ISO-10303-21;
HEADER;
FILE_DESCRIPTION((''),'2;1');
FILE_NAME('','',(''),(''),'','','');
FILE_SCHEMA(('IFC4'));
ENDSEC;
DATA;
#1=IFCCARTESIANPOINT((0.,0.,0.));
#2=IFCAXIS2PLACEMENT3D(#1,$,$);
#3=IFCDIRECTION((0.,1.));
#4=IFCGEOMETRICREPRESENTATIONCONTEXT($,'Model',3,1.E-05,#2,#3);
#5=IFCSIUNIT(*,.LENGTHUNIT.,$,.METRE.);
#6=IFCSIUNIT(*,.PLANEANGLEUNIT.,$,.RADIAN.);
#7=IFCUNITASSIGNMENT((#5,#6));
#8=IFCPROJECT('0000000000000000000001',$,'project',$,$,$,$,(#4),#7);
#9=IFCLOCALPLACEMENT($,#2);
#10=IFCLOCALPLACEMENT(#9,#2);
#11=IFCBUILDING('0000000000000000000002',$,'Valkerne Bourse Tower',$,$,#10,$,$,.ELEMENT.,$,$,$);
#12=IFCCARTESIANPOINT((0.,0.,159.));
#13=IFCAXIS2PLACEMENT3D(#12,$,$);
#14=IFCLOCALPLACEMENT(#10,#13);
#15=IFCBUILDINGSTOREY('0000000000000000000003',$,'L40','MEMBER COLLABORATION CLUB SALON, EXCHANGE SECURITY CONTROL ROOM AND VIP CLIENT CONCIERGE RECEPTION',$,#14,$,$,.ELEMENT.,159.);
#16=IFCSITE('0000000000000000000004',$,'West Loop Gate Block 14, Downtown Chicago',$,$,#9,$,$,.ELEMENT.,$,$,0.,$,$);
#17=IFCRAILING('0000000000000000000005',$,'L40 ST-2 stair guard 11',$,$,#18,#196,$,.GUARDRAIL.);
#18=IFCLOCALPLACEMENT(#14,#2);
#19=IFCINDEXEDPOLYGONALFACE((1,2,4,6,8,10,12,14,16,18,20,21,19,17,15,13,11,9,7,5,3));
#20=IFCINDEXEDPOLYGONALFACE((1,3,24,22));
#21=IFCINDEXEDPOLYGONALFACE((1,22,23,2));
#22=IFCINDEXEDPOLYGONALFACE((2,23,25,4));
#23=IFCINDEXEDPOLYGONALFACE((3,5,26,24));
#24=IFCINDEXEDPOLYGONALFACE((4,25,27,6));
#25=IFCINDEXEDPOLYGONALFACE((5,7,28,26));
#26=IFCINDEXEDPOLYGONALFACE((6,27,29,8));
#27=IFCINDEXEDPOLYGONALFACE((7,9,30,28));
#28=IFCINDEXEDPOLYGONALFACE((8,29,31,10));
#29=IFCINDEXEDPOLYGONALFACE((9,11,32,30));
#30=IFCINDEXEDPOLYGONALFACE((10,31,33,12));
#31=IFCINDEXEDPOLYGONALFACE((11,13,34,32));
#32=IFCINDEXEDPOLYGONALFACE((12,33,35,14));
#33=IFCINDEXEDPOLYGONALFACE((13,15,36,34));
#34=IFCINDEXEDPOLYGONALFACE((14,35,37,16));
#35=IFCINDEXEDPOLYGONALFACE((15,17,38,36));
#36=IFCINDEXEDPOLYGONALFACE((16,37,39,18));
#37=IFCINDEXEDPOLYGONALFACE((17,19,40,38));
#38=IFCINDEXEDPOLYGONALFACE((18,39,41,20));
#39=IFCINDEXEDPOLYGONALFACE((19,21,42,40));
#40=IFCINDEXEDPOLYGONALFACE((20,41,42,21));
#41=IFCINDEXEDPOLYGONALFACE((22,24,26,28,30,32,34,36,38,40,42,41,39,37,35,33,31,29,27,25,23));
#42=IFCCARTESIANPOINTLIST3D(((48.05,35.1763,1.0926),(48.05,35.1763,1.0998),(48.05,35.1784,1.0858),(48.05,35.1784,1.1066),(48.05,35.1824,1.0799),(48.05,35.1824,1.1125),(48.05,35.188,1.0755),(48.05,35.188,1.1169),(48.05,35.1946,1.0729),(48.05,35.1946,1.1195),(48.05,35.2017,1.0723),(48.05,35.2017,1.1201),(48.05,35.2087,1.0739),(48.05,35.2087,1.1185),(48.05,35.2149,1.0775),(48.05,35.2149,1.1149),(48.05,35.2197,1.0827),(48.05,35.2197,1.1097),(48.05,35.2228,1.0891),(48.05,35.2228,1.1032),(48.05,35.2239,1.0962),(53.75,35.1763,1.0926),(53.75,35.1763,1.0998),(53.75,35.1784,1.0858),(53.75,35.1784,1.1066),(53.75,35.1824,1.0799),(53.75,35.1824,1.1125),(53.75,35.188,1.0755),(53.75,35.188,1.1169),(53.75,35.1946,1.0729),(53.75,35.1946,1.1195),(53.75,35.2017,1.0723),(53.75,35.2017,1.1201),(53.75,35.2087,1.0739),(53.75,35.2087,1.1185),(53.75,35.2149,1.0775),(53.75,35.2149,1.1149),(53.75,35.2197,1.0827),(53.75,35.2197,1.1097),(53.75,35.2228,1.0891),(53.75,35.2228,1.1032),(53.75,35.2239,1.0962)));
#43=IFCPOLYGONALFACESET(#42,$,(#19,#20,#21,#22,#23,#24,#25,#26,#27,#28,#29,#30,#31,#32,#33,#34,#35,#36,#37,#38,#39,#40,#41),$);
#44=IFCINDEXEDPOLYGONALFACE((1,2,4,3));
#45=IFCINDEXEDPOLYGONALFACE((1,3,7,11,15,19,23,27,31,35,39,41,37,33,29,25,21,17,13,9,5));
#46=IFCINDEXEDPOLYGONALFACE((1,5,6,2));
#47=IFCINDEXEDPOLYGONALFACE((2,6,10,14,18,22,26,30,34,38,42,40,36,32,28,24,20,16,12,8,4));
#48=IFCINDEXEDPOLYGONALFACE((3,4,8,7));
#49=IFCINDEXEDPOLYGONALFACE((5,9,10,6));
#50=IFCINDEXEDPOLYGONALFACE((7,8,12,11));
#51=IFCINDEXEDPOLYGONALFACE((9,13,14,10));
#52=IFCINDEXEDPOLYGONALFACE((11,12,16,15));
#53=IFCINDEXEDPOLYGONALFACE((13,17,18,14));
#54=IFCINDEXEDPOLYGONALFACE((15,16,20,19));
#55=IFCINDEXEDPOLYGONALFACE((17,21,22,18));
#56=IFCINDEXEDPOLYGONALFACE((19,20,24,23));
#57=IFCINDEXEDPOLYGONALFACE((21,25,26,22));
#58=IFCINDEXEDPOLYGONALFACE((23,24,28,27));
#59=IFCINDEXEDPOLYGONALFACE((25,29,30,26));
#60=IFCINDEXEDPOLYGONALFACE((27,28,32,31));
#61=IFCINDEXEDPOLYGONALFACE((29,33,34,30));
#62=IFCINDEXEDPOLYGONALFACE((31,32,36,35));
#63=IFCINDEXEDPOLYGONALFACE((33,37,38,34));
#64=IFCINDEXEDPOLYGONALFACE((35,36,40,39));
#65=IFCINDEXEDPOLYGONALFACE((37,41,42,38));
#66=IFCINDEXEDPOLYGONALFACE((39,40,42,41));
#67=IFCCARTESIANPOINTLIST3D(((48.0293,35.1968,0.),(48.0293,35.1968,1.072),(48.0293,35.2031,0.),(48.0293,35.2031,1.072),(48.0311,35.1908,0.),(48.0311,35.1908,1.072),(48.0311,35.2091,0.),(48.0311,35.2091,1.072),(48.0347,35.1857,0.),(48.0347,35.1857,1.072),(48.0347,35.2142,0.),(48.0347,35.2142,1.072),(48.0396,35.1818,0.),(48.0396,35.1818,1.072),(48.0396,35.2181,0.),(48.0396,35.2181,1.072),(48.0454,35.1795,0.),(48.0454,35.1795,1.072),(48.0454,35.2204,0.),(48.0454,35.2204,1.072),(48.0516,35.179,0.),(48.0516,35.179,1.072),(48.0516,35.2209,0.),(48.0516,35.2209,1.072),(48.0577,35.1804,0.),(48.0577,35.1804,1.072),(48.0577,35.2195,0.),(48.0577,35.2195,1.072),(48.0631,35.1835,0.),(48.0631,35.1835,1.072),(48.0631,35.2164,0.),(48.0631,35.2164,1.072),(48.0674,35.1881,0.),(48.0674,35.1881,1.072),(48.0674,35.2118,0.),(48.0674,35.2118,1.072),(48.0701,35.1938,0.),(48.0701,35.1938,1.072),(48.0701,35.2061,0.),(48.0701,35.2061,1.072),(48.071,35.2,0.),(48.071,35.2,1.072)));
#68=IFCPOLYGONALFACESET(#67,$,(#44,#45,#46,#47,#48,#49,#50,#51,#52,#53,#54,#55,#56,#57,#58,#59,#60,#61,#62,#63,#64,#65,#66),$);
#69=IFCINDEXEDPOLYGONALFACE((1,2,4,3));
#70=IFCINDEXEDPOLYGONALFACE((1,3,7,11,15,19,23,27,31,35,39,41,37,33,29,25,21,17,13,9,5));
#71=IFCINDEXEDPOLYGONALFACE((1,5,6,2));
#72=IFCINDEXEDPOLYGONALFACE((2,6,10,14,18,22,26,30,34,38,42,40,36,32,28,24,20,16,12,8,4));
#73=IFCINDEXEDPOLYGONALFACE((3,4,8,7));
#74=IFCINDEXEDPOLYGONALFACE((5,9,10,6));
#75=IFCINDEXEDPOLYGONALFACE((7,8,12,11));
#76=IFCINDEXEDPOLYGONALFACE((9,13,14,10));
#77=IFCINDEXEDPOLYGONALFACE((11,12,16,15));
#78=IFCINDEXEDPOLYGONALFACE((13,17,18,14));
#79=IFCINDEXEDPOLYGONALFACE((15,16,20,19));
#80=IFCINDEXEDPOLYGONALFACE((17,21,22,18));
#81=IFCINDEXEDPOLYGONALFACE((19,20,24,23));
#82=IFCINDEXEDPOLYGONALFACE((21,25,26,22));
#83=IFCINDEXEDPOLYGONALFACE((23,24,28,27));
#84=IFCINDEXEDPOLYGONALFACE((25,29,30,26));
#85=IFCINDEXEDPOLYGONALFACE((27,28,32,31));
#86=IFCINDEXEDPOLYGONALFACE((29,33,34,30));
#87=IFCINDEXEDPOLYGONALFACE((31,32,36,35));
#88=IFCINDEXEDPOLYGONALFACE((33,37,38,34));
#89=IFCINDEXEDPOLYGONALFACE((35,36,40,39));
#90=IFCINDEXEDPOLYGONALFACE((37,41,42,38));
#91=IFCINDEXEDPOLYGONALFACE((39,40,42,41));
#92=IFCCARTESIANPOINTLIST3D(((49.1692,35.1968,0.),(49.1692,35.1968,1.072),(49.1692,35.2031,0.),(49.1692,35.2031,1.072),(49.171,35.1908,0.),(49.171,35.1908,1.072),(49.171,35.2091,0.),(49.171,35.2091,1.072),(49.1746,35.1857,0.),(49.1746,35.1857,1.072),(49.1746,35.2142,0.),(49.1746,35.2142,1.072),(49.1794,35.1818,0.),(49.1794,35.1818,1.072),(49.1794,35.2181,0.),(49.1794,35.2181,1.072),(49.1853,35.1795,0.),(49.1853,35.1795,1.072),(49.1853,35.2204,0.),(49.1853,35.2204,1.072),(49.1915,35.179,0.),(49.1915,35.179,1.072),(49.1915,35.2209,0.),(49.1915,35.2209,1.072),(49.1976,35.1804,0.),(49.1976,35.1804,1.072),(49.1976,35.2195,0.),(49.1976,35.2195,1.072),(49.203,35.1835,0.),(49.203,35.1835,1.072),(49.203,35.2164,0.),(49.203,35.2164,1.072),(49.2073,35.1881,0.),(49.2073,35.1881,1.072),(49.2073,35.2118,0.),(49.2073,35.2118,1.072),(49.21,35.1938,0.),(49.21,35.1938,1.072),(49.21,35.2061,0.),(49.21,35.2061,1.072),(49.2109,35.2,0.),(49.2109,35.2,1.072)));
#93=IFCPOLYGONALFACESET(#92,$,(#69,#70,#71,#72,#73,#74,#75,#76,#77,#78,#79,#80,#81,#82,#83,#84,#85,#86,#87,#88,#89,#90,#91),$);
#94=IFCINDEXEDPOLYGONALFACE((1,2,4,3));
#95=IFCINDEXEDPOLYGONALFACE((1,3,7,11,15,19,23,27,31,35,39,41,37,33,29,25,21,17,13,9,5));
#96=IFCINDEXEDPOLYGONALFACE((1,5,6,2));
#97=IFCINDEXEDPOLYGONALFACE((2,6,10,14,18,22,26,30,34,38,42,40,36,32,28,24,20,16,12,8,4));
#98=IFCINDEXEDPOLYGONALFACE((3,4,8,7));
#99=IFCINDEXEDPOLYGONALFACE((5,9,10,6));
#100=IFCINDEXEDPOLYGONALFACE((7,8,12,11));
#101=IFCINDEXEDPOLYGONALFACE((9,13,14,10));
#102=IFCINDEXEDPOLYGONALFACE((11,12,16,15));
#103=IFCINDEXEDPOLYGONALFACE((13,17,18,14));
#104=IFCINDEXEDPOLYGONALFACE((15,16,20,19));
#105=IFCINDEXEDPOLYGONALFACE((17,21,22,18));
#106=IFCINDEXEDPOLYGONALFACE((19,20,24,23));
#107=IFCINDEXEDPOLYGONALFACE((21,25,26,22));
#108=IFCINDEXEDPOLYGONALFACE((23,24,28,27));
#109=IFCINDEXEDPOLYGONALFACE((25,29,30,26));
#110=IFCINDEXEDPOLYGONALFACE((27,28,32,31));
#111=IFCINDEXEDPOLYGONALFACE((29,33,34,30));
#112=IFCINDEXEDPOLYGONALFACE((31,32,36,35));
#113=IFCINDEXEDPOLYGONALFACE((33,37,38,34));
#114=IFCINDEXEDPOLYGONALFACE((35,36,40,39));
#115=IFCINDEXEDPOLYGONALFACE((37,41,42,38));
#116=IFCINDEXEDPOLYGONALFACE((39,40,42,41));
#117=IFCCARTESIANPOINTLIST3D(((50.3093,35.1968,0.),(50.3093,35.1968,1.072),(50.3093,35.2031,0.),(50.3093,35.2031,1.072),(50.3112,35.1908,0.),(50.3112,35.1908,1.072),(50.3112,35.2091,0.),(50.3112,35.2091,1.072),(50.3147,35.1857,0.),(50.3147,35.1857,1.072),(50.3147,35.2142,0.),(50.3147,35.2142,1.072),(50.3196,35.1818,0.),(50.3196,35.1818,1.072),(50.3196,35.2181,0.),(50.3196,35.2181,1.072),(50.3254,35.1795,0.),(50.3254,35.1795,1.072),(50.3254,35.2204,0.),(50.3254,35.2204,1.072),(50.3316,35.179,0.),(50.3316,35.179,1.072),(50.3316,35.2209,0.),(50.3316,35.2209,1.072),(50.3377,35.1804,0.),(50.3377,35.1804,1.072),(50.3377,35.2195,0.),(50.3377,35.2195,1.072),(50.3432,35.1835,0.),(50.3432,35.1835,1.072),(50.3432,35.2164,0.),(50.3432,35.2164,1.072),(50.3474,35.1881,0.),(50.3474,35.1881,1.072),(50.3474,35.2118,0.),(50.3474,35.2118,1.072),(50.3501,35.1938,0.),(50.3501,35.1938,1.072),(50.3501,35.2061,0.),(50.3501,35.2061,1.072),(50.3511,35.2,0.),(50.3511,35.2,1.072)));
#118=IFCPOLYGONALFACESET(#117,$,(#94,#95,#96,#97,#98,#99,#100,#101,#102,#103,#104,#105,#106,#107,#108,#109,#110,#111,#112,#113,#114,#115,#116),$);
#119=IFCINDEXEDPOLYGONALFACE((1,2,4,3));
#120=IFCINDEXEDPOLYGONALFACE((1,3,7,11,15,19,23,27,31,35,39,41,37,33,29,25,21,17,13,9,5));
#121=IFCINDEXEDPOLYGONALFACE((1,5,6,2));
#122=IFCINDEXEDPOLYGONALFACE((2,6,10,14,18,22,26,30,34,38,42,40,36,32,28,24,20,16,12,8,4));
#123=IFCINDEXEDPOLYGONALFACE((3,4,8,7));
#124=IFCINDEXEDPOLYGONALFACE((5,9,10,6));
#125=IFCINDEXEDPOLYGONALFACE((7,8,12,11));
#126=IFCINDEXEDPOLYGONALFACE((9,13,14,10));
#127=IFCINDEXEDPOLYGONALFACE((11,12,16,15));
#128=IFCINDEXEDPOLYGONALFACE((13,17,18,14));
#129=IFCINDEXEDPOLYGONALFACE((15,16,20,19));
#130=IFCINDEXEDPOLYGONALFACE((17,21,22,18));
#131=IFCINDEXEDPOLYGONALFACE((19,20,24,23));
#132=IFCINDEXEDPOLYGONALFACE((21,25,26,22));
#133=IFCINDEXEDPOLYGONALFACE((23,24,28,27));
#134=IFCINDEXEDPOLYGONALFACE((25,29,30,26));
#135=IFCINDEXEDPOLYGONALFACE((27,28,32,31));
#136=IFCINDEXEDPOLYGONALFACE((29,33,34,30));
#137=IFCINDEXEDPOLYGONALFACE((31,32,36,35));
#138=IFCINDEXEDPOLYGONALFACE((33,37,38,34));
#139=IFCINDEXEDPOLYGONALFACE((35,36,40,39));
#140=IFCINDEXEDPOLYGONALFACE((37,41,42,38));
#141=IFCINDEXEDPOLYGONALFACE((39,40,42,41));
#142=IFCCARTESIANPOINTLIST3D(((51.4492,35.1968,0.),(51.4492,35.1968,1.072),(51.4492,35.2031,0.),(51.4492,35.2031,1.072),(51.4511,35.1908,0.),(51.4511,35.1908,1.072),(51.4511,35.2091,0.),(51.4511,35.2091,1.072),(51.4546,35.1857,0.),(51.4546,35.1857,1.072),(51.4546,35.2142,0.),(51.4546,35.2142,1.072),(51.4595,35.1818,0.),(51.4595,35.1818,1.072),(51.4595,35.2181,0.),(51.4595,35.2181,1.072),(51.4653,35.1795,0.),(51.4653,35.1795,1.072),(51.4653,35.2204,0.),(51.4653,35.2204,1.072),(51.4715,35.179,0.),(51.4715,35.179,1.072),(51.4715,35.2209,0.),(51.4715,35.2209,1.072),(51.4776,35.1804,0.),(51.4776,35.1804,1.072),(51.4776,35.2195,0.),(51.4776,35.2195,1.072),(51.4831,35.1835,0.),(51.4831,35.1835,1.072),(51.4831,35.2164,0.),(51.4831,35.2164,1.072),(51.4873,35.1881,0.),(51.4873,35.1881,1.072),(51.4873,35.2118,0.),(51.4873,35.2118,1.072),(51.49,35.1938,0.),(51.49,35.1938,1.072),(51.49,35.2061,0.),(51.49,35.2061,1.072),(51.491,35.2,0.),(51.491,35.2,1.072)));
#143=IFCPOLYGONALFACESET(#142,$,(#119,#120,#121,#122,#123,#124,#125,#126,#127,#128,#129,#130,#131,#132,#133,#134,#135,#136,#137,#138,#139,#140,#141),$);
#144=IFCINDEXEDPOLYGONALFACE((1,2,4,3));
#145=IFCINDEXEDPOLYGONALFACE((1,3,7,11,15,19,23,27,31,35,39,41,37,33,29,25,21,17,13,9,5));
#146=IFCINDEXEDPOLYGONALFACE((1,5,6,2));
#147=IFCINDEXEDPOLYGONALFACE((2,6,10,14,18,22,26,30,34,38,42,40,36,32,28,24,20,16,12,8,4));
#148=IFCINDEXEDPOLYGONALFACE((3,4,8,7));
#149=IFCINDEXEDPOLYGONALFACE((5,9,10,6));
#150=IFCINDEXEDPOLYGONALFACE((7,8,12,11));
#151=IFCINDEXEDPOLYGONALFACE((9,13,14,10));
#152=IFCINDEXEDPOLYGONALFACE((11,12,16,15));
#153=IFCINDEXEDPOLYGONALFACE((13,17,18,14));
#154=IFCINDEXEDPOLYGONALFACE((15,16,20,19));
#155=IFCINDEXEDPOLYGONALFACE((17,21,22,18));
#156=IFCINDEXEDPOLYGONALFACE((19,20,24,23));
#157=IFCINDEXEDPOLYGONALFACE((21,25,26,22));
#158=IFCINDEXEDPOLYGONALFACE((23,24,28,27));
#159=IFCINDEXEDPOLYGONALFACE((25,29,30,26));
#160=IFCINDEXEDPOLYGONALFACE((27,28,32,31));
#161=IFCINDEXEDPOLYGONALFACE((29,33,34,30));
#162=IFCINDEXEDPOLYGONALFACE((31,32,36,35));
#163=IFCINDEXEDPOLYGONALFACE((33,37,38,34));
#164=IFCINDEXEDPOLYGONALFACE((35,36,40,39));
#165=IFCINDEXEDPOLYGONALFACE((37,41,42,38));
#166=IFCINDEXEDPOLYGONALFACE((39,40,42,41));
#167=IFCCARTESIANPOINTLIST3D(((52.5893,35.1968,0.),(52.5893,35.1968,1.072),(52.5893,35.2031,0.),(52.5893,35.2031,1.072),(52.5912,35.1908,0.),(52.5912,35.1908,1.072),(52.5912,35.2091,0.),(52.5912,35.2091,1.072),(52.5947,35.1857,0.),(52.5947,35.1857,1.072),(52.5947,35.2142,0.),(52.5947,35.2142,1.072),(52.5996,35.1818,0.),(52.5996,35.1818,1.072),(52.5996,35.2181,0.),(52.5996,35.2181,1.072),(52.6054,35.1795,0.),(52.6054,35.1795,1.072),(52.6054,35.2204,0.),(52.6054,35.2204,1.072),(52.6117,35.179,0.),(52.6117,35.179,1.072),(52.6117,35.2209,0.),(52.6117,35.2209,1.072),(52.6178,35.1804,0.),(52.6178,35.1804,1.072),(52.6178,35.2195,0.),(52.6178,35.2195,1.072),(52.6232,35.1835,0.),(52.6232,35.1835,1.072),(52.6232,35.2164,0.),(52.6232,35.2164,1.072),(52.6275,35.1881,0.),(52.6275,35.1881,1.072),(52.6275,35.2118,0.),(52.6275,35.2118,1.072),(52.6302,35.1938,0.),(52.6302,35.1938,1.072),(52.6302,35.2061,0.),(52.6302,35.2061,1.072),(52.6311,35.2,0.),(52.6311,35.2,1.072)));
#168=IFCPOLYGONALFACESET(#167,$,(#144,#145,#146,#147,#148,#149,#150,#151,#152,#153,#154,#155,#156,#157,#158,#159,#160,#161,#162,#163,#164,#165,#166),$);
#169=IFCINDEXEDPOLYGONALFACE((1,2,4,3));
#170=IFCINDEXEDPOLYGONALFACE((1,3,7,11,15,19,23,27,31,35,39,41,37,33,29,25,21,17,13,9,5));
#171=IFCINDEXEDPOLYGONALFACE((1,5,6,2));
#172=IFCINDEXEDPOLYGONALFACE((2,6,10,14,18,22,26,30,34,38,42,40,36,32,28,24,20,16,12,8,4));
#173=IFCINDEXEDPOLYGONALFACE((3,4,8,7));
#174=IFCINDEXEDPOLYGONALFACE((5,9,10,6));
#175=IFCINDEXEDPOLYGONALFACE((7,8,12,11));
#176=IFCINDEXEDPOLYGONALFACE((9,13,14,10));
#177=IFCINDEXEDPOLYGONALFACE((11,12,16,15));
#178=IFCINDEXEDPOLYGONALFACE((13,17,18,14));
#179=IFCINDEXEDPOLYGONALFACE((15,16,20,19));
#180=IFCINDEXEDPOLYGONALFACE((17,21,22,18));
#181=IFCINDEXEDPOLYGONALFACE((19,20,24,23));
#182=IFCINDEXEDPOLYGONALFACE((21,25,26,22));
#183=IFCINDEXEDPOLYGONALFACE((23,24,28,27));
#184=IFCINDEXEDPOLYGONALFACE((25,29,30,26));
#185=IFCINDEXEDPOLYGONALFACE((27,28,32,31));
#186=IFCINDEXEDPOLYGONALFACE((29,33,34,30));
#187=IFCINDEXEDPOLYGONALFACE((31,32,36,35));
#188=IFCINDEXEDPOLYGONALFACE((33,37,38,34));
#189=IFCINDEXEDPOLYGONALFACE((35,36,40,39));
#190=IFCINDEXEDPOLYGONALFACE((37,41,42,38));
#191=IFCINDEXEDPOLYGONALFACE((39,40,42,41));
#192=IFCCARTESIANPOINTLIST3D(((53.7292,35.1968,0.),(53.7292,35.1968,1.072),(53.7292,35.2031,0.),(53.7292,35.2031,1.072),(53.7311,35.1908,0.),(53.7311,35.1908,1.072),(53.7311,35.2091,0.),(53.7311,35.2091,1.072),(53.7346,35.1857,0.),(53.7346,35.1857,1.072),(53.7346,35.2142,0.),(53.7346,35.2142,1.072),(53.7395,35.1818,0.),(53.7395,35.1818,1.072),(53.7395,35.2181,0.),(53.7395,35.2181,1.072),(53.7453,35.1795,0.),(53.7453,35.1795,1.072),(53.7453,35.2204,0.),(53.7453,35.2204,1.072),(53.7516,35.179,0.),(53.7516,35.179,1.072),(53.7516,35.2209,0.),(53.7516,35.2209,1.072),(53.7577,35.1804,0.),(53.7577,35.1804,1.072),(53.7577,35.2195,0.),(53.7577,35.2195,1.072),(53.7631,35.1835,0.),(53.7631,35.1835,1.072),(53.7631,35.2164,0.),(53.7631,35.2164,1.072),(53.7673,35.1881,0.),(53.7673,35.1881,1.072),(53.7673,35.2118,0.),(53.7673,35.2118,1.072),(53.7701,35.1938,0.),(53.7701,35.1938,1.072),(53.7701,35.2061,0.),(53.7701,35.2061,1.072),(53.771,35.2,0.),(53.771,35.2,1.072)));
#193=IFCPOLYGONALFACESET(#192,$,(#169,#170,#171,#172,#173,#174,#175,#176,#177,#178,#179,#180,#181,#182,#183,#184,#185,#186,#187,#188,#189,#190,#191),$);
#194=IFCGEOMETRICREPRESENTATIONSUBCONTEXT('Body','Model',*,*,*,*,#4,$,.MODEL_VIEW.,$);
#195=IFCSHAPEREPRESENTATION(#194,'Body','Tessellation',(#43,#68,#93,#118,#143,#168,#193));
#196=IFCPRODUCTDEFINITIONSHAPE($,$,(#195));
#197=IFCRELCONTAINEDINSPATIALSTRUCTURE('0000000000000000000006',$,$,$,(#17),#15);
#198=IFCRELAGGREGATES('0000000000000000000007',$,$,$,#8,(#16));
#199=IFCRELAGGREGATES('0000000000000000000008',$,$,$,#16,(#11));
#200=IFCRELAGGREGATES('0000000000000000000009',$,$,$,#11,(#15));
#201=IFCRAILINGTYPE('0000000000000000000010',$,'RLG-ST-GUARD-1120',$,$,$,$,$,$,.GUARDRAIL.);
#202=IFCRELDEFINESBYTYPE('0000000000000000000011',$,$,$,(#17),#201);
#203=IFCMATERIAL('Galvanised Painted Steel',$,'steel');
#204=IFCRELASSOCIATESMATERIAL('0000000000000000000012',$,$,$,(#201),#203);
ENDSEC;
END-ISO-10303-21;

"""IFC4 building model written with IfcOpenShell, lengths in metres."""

from ifc_helpers import new_model, si_unit, direction, frame, origin, origin_2d, place, context, subcontext, project, spatial, circle, extrude, material, type_object, element, save


model = new_model("IFC4")

# Units and contexts
model_context = context("Model", 3, precision=1e-05, world=origin(), true_north=direction((0.0, 1.0)))
body_context = subcontext(model_context, "Body", "Model", "MODEL_VIEW")
ifc_project = project(units=[si_unit("LENGTHUNIT", "METRE"), si_unit("PLANEANGLEUNIT", "RADIAN")], contexts=[model_context])

# Site, building, storey
site_placement = place(None, origin())
site = spatial("IfcSite", under=ifc_project, at=site_placement, Name="West Loop Gate Block 14, Downtown Chicago", CompositionType="ELEMENT", RefElevation=0.0)
building_placement = place(site_placement, origin())
building = spatial("IfcBuilding", under=site, at=building_placement, Name="Valkerne Bourse Tower", CompositionType="ELEMENT")
storey_placement = place(building_placement, frame((0.0, 0.0, 159.0)))
storey = spatial("IfcBuildingStorey", under=building, at=storey_placement, Name="L40", Description="MEMBER COLLABORATION CLUB SALON, EXCHANGE SECURITY CONTROL ROOM AND VIP CLIENT CONCIERGE RECEPTION", CompositionType="ELEMENT", Elevation=159.0)

# Shared definitions
ifc_material_1 = material(Name="Galvanised Painted Steel", Category="steel")

# Railing
railing_type_1 = type_object("IfcRailingType", Name="RLG-ST-GUARD-1120", PredefinedType="GUARDRAIL", material=ifc_material_1)
for number, where, name in (
    (1, (48.05, 35.2, 0.0), "L40 ST-2 stair guard 11"),
):
    element("IfcRailing", number, at=place(storey_placement, frame(where)), inside=storey, type_object=railing_type_1, Name=name, PredefinedType="GUARDRAIL", context=body_context, shape_type="SweptSolid", body=[
        extrude(circle(Radius=0.0239, at=origin_2d()), frame((0.0, 0.0, 1.0962), z_axis=(1.0, 0.0, 0.0), x_axis=(0.0, 1.0, 0.0)), (0.0, 0.0, 1.0), 5.7),
        extrude(circle(Radius=0.021, at=origin_2d()), origin(), (0.0, 0.0, 1.0), 1.072),
        extrude(circle(Radius=0.021, at=origin_2d()), frame((1.1399, 0.0, 0.0)), (0.0, 0.0, 1.0), 1.072),
        extrude(circle(Radius=0.021, at=origin_2d()), frame((2.28, 0.0, 0.0)), (0.0, 0.0, 1.0), 1.072),
        extrude(circle(Radius=0.021, at=origin_2d()), frame((3.4199, 0.0, 0.0)), (0.0, 0.0, 1.0), 1.072),
        extrude(circle(Radius=0.021, at=origin_2d()), frame((4.5601, 0.0, 0.0)), (0.0, 0.0, 1.0), 1.072),
        extrude(circle(Radius=0.021, at=origin_2d()), frame((5.7, 0.0, 0.0)), (0.0, 0.0, 1.0), 1.072),
    ])

save(model, "model.ifc")
